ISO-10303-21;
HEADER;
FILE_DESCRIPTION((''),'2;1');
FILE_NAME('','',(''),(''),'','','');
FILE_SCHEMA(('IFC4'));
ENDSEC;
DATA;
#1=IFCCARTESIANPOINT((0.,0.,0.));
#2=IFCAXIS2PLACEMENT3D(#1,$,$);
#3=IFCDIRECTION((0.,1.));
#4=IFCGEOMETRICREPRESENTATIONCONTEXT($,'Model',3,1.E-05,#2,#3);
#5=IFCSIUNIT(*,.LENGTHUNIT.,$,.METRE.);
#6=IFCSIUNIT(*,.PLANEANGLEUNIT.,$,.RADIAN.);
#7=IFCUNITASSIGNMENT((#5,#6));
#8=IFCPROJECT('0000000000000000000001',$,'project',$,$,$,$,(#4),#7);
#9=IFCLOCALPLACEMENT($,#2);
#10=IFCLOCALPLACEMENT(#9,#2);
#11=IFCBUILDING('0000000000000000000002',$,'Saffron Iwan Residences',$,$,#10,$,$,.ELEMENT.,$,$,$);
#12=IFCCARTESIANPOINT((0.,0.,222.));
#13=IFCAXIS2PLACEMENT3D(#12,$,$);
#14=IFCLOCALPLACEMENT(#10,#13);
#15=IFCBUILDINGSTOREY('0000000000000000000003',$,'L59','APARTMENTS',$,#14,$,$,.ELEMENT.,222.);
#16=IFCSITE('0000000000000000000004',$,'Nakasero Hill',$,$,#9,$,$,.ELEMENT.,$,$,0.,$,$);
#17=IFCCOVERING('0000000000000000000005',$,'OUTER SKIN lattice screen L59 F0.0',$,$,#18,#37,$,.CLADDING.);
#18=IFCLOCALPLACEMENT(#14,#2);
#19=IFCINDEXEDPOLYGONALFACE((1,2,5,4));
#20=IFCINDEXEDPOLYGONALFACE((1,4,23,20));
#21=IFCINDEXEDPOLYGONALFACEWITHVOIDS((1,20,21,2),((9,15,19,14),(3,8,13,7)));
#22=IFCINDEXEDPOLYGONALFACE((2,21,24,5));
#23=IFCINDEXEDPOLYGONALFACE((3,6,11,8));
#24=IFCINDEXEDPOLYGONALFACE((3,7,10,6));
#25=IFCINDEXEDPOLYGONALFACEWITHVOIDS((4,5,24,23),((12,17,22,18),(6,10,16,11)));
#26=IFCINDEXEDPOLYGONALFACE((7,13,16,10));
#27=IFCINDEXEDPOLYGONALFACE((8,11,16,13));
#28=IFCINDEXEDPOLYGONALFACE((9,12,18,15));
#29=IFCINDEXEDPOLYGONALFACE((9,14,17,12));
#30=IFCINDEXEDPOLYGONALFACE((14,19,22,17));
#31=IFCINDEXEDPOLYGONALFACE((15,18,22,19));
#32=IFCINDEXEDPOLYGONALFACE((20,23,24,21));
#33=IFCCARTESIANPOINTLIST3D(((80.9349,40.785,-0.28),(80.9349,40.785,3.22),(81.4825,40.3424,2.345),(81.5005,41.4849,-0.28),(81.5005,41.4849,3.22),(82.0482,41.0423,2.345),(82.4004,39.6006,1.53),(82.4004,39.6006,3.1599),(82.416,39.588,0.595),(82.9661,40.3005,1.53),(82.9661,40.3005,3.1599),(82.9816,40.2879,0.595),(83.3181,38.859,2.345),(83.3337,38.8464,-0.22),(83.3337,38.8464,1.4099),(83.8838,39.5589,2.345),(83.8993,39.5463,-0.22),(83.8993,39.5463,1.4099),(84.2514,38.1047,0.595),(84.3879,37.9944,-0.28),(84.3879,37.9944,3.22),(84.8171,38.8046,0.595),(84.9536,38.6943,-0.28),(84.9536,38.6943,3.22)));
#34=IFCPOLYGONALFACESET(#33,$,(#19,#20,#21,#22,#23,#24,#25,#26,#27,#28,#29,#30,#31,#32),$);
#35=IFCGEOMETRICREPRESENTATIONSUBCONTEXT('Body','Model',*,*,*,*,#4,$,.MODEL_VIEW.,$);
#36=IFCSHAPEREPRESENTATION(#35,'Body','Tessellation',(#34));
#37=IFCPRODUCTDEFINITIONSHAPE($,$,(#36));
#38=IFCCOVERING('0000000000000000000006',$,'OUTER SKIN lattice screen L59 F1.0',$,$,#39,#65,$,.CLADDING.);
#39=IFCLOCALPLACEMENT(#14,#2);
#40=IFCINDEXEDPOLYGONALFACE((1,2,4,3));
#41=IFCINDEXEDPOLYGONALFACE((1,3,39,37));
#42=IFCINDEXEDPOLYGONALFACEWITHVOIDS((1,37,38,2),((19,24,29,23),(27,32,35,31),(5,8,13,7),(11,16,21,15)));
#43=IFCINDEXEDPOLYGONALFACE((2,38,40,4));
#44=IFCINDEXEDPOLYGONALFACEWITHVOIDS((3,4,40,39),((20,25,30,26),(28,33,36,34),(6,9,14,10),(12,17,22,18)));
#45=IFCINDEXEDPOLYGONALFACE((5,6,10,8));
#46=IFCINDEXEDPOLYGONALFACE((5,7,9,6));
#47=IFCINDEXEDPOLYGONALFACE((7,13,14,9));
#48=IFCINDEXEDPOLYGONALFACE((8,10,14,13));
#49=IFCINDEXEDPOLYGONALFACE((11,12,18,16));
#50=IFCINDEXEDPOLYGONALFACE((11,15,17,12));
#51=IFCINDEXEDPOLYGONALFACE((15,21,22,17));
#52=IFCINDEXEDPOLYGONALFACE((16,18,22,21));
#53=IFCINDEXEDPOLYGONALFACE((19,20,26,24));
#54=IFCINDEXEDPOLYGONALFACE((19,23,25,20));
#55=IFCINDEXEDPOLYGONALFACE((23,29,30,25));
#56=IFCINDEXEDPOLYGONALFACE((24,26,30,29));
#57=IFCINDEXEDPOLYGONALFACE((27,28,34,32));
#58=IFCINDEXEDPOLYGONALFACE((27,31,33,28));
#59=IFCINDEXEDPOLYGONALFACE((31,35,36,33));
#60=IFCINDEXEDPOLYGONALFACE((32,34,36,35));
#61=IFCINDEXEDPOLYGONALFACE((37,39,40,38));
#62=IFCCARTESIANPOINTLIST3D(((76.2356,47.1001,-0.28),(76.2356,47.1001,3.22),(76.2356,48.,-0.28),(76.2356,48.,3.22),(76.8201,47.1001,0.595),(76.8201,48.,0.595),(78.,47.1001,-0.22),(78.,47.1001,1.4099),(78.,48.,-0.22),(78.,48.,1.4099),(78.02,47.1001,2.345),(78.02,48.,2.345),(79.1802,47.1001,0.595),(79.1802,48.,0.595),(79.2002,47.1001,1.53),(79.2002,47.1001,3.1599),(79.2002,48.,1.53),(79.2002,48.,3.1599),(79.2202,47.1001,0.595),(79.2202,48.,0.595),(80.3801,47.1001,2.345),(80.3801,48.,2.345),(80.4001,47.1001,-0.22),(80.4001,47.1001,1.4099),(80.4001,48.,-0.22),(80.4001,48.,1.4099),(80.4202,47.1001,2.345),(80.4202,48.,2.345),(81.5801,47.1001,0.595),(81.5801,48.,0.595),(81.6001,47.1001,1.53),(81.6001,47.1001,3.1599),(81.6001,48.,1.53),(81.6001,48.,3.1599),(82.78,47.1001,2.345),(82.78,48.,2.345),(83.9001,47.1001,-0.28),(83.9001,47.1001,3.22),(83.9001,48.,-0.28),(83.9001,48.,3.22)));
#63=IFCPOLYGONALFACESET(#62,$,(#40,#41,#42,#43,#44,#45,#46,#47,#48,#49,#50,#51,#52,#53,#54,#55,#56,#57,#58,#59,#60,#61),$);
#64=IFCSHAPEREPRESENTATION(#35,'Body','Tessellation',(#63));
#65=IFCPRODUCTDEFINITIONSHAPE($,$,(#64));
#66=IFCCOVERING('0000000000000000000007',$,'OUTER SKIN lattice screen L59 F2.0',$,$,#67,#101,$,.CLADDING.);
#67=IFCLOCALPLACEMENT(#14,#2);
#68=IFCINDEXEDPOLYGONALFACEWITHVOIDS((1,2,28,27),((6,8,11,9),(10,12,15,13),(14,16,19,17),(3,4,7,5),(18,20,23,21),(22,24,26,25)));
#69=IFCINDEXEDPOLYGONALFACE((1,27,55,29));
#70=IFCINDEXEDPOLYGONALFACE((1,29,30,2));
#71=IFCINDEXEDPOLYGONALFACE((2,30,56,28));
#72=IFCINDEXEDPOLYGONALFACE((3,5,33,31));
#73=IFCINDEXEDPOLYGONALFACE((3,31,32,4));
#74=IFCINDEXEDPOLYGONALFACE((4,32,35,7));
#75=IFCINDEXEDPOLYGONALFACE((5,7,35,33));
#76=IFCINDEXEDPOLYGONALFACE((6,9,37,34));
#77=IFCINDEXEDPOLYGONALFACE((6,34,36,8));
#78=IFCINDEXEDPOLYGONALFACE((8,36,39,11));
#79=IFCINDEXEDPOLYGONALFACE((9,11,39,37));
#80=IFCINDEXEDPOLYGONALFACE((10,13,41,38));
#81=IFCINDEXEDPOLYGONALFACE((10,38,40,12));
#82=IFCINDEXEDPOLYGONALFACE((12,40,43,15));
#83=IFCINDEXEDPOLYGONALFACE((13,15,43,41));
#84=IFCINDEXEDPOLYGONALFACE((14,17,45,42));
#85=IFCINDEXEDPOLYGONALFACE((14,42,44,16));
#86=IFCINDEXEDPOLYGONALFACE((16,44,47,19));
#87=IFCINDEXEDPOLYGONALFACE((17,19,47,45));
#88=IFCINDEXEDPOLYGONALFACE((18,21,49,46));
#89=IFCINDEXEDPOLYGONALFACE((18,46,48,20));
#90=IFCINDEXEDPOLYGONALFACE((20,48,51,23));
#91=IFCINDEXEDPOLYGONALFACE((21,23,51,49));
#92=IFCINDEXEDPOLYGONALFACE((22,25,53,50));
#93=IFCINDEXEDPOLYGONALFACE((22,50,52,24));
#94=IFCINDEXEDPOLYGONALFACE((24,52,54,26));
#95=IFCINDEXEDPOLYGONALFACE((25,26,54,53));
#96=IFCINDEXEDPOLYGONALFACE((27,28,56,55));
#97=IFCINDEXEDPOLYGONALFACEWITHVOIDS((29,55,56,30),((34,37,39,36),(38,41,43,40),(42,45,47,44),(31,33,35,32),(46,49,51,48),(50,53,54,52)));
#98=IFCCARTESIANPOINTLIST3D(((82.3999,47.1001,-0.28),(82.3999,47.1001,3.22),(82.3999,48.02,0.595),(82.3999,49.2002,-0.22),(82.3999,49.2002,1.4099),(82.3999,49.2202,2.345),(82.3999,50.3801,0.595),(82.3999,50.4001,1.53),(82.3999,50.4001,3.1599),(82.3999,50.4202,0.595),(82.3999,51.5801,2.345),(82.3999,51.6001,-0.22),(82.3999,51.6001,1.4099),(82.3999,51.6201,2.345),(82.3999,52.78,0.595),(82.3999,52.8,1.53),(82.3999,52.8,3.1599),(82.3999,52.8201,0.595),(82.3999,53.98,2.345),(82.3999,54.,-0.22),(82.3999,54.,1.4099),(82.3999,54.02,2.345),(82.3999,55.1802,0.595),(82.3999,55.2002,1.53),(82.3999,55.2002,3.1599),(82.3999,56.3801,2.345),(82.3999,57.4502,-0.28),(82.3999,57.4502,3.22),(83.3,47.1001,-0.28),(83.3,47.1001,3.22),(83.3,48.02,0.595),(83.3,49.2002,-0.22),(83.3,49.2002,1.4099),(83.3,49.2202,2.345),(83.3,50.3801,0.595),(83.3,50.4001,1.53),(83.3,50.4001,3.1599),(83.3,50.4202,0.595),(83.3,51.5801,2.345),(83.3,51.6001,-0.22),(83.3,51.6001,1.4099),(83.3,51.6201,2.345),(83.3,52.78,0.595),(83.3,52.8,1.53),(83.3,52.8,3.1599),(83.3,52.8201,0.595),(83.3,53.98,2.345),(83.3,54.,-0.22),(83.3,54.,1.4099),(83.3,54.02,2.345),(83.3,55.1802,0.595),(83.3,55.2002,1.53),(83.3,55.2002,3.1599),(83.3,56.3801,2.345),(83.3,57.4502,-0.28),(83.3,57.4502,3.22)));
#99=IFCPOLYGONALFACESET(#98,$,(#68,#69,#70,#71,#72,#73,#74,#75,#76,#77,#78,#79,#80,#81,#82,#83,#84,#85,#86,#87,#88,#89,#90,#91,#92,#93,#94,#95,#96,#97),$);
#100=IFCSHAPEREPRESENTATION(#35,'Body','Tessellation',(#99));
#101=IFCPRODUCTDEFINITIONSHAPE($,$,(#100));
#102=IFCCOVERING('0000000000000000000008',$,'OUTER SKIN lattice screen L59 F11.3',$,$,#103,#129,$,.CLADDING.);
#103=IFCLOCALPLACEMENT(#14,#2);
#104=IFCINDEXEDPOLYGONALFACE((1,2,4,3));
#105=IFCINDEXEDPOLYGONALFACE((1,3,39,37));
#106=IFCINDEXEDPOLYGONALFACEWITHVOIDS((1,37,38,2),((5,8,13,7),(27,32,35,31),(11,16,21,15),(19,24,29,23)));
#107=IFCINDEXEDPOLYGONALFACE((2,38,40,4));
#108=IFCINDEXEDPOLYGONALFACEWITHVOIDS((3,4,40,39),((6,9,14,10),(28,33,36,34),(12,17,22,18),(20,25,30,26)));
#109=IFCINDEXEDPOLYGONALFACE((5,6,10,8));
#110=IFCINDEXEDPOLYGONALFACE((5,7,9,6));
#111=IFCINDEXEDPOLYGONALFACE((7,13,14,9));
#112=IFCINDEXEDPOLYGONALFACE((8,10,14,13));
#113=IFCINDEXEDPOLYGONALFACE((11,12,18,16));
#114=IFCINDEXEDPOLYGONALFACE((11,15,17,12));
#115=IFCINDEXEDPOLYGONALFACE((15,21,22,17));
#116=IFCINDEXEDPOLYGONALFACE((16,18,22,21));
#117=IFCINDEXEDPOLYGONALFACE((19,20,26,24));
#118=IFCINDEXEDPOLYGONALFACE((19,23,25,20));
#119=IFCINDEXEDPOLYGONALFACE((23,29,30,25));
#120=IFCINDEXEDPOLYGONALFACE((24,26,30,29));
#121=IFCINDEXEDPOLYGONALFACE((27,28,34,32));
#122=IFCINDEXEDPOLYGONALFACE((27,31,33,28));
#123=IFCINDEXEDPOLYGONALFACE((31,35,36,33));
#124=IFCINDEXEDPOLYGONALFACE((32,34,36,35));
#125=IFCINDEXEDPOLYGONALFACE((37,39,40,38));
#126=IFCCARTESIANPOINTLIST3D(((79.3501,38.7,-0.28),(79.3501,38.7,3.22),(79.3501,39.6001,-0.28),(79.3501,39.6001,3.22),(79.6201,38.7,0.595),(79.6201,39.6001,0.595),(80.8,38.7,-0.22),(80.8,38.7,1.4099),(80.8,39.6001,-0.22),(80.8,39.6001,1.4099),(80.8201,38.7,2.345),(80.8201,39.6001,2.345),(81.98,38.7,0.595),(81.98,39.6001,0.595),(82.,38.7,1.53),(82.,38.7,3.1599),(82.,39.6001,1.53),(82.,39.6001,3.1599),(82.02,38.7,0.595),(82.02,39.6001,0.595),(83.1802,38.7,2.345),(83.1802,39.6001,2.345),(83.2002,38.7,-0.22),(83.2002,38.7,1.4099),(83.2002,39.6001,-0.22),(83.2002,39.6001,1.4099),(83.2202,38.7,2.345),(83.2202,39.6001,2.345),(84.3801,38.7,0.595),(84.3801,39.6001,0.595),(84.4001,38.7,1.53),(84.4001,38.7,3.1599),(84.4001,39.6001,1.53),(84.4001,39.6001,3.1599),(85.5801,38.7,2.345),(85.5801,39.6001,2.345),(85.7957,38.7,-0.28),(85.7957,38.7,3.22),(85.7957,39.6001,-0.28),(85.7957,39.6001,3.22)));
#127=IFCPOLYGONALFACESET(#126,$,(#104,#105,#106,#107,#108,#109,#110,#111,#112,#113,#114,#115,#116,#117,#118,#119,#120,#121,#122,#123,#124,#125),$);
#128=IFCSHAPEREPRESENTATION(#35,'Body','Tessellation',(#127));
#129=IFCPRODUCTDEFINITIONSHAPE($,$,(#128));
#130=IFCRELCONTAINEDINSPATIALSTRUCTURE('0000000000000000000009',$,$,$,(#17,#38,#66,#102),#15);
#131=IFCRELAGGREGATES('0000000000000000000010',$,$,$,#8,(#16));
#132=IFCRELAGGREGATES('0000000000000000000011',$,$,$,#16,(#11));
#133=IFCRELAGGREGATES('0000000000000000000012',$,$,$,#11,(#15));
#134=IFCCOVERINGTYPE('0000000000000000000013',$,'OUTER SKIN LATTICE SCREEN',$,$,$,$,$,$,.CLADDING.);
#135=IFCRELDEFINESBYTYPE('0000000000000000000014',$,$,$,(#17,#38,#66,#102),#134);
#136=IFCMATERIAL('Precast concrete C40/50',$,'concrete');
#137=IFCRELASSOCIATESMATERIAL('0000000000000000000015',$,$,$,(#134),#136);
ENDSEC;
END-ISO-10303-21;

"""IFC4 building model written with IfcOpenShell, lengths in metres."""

from ifc_helpers import new_model, si_unit, direction, frame, origin, place, context, subcontext, project, spatial, polyline, outline, extrude, material, type_object, element, save


model = new_model("IFC4")

# Units and contexts
model_context = context("Model", 3, precision=1e-05, world=origin(), true_north=direction((0.0, 1.0)))
body_context = subcontext(model_context, "Body", "Model", "MODEL_VIEW")
ifc_project = project(units=[si_unit("LENGTHUNIT", "METRE"), si_unit("PLANEANGLEUNIT", "RADIAN")], contexts=[model_context])

# Site, building, storey
site_placement = place(None, origin())
site = spatial("IfcSite", under=ifc_project, at=site_placement, Name="Nakasero Hill", CompositionType="ELEMENT", RefElevation=0.0)
building_placement = place(site_placement, origin())
building = spatial("IfcBuilding", under=site, at=building_placement, Name="Saffron Iwan Residences", CompositionType="ELEMENT")
storey_placement = place(building_placement, frame((0.0, 0.0, 222.0)))
storey = spatial("IfcBuildingStorey", under=building, at=storey_placement, Name="L59", Description="APARTMENTS", CompositionType="ELEMENT", Elevation=222.0)

# Coverings
ifc_material_1 = material(Name="Precast concrete C40/50", Category="concrete")
covering_type = type_object("IfcCoveringType", Name="OUTER SKIN LATTICE SCREEN", PredefinedType="CLADDING", material=ifc_material_1)
covering_1_placement = place(storey_placement, frame((84.3879, 37.9944, -0.28), z_axis=(0.628558, 0.777763, 0.0), x_axis=(-0.777763, 0.628558, 0.0)))
element("IfcCovering", 1, at=covering_1_placement, inside=storey, type_object=covering_type, Name="OUTER SKIN lattice screen L59 F0.0", PredefinedType="CLADDING", context=body_context, shape_type="SweptSolid", body=[
    extrude(outline(polyline([(0.0, 0.0), (4.4397, 0.0), (4.4397, 3.5), (0.0, 3.5), (0.0, 0.0)]), holes=[polyline([(0.1755, 0.875), (1.3555, 0.0601), (2.5354, 0.875), (1.3555, 1.6899), (0.1755, 0.875)]), polyline([(1.3755, 2.625), (2.5554, 1.8101), (3.7356, 2.625), (2.5554, 3.4399), (1.3755, 2.625)])]), origin(), (0.0, 0.0, 1.0), 0.8999),
])
covering_2_placement = place(storey_placement, frame((76.2356, 48.0, -0.28), z_axis=(0.0, -1.0, 0.0), x_axis=(1.0, 0.0, 0.0)))
element("IfcCovering", 2, at=covering_2_placement, inside=storey, type_object=covering_type, Name="OUTER SKIN lattice screen L59 F1.0", PredefinedType="CLADDING", context=body_context, shape_type="SweptSolid", body=[
    extrude(outline(polyline([(0.0, 0.0), (7.6646, 0.0), (7.6646, 3.5), (0.0, 3.5), (0.0, 0.0)]), holes=[polyline([(0.5845, 0.875), (1.7644, 0.0601), (2.9446, 0.875), (1.7644, 1.6899), (0.5845, 0.875)]), polyline([(2.9846, 0.875), (4.1646, 0.0601), (5.3445, 0.875), (4.1646, 1.6899), (2.9846, 0.875)]), polyline([(1.7844, 2.625), (2.9646, 1.8101), (4.1445, 2.625), (2.9646, 3.4399), (1.7844, 2.625)]), polyline([(4.1846, 2.625), (5.3645, 1.8101), (6.5444, 2.625), (5.3645, 3.4399), (4.1846, 2.625)])]), origin(), (0.0, 0.0, 1.0), 0.8999),
])
covering_3_placement = place(storey_placement, frame((82.3999, 47.1001, -0.28), z_axis=(1.0, 0.0, 0.0), x_axis=(0.0, 1.0, 0.0)))
element("IfcCovering", 3, at=covering_3_placement, inside=storey, type_object=covering_type, Name="OUTER SKIN lattice screen L59 F2.0", PredefinedType="CLADDING", context=body_context, shape_type="SweptSolid", body=[
    extrude(outline(polyline([(0.0, 0.0), (10.3501, 0.0), (10.3501, 3.5), (0.0, 3.5), (0.0, 0.0)]), holes=[polyline([(0.9199, 0.875), (2.1001, 0.0601), (3.28, 0.875), (2.1001, 1.6899), (0.9199, 0.875)]), polyline([(3.3201, 0.875), (4.5, 0.0601), (5.6799, 0.875), (4.5, 1.6899), (3.3201, 0.875)]), polyline([(5.72, 0.875), (6.8999, 0.0601), (8.0801, 0.875), (6.8999, 1.6899), (5.72, 0.875)]), polyline([(2.1201, 2.625), (3.3, 1.8101), (4.48, 2.625), (3.3, 3.4399), (2.1201, 2.625)]), polyline([(4.52, 2.625), (5.7, 1.8101), (6.8799, 2.625), (5.7, 3.4399), (4.52, 2.625)]), polyline([(6.9199, 2.625), (8.1001, 1.8101), (9.28, 2.625), (8.1001, 3.4399), (6.9199, 2.625)])]), origin(), (0.0, 0.0, 1.0), 0.9001),
])
covering_4_placement = place(storey_placement, frame((79.3501, 39.6001, -0.28), z_axis=(0.0, -1.0, 0.0), x_axis=(1.0, 0.0, 0.0)))
element("IfcCovering", 4, at=covering_4_placement, inside=storey, type_object=covering_type, Name="OUTER SKIN lattice screen L59 F11.3", PredefinedType="CLADDING", context=body_context, shape_type="SweptSolid", body=[
    extrude(outline(polyline([(0.0, 0.0), (6.4456, 0.0), (6.4456, 3.5), (0.0, 3.5), (0.0, 0.0)]), holes=[polyline([(0.27, 0.875), (1.45, 0.0601), (2.6299, 0.875), (1.45, 1.6899), (0.27, 0.875)]), polyline([(2.6699, 0.875), (3.8501, 0.0601), (5.03, 0.875), (3.8501, 1.6899), (2.6699, 0.875)]), polyline([(1.47, 2.625), (2.6499, 1.8101), (3.8301, 2.625), (2.6499, 3.4399), (1.47, 2.625)]), polyline([(3.8701, 2.625), (5.05, 1.8101), (6.23, 2.625), (5.05, 3.4399), (3.8701, 2.625)])]), origin(), (0.0, 0.0, 1.0), 0.9001),
])

save(model, "model.ifc")
